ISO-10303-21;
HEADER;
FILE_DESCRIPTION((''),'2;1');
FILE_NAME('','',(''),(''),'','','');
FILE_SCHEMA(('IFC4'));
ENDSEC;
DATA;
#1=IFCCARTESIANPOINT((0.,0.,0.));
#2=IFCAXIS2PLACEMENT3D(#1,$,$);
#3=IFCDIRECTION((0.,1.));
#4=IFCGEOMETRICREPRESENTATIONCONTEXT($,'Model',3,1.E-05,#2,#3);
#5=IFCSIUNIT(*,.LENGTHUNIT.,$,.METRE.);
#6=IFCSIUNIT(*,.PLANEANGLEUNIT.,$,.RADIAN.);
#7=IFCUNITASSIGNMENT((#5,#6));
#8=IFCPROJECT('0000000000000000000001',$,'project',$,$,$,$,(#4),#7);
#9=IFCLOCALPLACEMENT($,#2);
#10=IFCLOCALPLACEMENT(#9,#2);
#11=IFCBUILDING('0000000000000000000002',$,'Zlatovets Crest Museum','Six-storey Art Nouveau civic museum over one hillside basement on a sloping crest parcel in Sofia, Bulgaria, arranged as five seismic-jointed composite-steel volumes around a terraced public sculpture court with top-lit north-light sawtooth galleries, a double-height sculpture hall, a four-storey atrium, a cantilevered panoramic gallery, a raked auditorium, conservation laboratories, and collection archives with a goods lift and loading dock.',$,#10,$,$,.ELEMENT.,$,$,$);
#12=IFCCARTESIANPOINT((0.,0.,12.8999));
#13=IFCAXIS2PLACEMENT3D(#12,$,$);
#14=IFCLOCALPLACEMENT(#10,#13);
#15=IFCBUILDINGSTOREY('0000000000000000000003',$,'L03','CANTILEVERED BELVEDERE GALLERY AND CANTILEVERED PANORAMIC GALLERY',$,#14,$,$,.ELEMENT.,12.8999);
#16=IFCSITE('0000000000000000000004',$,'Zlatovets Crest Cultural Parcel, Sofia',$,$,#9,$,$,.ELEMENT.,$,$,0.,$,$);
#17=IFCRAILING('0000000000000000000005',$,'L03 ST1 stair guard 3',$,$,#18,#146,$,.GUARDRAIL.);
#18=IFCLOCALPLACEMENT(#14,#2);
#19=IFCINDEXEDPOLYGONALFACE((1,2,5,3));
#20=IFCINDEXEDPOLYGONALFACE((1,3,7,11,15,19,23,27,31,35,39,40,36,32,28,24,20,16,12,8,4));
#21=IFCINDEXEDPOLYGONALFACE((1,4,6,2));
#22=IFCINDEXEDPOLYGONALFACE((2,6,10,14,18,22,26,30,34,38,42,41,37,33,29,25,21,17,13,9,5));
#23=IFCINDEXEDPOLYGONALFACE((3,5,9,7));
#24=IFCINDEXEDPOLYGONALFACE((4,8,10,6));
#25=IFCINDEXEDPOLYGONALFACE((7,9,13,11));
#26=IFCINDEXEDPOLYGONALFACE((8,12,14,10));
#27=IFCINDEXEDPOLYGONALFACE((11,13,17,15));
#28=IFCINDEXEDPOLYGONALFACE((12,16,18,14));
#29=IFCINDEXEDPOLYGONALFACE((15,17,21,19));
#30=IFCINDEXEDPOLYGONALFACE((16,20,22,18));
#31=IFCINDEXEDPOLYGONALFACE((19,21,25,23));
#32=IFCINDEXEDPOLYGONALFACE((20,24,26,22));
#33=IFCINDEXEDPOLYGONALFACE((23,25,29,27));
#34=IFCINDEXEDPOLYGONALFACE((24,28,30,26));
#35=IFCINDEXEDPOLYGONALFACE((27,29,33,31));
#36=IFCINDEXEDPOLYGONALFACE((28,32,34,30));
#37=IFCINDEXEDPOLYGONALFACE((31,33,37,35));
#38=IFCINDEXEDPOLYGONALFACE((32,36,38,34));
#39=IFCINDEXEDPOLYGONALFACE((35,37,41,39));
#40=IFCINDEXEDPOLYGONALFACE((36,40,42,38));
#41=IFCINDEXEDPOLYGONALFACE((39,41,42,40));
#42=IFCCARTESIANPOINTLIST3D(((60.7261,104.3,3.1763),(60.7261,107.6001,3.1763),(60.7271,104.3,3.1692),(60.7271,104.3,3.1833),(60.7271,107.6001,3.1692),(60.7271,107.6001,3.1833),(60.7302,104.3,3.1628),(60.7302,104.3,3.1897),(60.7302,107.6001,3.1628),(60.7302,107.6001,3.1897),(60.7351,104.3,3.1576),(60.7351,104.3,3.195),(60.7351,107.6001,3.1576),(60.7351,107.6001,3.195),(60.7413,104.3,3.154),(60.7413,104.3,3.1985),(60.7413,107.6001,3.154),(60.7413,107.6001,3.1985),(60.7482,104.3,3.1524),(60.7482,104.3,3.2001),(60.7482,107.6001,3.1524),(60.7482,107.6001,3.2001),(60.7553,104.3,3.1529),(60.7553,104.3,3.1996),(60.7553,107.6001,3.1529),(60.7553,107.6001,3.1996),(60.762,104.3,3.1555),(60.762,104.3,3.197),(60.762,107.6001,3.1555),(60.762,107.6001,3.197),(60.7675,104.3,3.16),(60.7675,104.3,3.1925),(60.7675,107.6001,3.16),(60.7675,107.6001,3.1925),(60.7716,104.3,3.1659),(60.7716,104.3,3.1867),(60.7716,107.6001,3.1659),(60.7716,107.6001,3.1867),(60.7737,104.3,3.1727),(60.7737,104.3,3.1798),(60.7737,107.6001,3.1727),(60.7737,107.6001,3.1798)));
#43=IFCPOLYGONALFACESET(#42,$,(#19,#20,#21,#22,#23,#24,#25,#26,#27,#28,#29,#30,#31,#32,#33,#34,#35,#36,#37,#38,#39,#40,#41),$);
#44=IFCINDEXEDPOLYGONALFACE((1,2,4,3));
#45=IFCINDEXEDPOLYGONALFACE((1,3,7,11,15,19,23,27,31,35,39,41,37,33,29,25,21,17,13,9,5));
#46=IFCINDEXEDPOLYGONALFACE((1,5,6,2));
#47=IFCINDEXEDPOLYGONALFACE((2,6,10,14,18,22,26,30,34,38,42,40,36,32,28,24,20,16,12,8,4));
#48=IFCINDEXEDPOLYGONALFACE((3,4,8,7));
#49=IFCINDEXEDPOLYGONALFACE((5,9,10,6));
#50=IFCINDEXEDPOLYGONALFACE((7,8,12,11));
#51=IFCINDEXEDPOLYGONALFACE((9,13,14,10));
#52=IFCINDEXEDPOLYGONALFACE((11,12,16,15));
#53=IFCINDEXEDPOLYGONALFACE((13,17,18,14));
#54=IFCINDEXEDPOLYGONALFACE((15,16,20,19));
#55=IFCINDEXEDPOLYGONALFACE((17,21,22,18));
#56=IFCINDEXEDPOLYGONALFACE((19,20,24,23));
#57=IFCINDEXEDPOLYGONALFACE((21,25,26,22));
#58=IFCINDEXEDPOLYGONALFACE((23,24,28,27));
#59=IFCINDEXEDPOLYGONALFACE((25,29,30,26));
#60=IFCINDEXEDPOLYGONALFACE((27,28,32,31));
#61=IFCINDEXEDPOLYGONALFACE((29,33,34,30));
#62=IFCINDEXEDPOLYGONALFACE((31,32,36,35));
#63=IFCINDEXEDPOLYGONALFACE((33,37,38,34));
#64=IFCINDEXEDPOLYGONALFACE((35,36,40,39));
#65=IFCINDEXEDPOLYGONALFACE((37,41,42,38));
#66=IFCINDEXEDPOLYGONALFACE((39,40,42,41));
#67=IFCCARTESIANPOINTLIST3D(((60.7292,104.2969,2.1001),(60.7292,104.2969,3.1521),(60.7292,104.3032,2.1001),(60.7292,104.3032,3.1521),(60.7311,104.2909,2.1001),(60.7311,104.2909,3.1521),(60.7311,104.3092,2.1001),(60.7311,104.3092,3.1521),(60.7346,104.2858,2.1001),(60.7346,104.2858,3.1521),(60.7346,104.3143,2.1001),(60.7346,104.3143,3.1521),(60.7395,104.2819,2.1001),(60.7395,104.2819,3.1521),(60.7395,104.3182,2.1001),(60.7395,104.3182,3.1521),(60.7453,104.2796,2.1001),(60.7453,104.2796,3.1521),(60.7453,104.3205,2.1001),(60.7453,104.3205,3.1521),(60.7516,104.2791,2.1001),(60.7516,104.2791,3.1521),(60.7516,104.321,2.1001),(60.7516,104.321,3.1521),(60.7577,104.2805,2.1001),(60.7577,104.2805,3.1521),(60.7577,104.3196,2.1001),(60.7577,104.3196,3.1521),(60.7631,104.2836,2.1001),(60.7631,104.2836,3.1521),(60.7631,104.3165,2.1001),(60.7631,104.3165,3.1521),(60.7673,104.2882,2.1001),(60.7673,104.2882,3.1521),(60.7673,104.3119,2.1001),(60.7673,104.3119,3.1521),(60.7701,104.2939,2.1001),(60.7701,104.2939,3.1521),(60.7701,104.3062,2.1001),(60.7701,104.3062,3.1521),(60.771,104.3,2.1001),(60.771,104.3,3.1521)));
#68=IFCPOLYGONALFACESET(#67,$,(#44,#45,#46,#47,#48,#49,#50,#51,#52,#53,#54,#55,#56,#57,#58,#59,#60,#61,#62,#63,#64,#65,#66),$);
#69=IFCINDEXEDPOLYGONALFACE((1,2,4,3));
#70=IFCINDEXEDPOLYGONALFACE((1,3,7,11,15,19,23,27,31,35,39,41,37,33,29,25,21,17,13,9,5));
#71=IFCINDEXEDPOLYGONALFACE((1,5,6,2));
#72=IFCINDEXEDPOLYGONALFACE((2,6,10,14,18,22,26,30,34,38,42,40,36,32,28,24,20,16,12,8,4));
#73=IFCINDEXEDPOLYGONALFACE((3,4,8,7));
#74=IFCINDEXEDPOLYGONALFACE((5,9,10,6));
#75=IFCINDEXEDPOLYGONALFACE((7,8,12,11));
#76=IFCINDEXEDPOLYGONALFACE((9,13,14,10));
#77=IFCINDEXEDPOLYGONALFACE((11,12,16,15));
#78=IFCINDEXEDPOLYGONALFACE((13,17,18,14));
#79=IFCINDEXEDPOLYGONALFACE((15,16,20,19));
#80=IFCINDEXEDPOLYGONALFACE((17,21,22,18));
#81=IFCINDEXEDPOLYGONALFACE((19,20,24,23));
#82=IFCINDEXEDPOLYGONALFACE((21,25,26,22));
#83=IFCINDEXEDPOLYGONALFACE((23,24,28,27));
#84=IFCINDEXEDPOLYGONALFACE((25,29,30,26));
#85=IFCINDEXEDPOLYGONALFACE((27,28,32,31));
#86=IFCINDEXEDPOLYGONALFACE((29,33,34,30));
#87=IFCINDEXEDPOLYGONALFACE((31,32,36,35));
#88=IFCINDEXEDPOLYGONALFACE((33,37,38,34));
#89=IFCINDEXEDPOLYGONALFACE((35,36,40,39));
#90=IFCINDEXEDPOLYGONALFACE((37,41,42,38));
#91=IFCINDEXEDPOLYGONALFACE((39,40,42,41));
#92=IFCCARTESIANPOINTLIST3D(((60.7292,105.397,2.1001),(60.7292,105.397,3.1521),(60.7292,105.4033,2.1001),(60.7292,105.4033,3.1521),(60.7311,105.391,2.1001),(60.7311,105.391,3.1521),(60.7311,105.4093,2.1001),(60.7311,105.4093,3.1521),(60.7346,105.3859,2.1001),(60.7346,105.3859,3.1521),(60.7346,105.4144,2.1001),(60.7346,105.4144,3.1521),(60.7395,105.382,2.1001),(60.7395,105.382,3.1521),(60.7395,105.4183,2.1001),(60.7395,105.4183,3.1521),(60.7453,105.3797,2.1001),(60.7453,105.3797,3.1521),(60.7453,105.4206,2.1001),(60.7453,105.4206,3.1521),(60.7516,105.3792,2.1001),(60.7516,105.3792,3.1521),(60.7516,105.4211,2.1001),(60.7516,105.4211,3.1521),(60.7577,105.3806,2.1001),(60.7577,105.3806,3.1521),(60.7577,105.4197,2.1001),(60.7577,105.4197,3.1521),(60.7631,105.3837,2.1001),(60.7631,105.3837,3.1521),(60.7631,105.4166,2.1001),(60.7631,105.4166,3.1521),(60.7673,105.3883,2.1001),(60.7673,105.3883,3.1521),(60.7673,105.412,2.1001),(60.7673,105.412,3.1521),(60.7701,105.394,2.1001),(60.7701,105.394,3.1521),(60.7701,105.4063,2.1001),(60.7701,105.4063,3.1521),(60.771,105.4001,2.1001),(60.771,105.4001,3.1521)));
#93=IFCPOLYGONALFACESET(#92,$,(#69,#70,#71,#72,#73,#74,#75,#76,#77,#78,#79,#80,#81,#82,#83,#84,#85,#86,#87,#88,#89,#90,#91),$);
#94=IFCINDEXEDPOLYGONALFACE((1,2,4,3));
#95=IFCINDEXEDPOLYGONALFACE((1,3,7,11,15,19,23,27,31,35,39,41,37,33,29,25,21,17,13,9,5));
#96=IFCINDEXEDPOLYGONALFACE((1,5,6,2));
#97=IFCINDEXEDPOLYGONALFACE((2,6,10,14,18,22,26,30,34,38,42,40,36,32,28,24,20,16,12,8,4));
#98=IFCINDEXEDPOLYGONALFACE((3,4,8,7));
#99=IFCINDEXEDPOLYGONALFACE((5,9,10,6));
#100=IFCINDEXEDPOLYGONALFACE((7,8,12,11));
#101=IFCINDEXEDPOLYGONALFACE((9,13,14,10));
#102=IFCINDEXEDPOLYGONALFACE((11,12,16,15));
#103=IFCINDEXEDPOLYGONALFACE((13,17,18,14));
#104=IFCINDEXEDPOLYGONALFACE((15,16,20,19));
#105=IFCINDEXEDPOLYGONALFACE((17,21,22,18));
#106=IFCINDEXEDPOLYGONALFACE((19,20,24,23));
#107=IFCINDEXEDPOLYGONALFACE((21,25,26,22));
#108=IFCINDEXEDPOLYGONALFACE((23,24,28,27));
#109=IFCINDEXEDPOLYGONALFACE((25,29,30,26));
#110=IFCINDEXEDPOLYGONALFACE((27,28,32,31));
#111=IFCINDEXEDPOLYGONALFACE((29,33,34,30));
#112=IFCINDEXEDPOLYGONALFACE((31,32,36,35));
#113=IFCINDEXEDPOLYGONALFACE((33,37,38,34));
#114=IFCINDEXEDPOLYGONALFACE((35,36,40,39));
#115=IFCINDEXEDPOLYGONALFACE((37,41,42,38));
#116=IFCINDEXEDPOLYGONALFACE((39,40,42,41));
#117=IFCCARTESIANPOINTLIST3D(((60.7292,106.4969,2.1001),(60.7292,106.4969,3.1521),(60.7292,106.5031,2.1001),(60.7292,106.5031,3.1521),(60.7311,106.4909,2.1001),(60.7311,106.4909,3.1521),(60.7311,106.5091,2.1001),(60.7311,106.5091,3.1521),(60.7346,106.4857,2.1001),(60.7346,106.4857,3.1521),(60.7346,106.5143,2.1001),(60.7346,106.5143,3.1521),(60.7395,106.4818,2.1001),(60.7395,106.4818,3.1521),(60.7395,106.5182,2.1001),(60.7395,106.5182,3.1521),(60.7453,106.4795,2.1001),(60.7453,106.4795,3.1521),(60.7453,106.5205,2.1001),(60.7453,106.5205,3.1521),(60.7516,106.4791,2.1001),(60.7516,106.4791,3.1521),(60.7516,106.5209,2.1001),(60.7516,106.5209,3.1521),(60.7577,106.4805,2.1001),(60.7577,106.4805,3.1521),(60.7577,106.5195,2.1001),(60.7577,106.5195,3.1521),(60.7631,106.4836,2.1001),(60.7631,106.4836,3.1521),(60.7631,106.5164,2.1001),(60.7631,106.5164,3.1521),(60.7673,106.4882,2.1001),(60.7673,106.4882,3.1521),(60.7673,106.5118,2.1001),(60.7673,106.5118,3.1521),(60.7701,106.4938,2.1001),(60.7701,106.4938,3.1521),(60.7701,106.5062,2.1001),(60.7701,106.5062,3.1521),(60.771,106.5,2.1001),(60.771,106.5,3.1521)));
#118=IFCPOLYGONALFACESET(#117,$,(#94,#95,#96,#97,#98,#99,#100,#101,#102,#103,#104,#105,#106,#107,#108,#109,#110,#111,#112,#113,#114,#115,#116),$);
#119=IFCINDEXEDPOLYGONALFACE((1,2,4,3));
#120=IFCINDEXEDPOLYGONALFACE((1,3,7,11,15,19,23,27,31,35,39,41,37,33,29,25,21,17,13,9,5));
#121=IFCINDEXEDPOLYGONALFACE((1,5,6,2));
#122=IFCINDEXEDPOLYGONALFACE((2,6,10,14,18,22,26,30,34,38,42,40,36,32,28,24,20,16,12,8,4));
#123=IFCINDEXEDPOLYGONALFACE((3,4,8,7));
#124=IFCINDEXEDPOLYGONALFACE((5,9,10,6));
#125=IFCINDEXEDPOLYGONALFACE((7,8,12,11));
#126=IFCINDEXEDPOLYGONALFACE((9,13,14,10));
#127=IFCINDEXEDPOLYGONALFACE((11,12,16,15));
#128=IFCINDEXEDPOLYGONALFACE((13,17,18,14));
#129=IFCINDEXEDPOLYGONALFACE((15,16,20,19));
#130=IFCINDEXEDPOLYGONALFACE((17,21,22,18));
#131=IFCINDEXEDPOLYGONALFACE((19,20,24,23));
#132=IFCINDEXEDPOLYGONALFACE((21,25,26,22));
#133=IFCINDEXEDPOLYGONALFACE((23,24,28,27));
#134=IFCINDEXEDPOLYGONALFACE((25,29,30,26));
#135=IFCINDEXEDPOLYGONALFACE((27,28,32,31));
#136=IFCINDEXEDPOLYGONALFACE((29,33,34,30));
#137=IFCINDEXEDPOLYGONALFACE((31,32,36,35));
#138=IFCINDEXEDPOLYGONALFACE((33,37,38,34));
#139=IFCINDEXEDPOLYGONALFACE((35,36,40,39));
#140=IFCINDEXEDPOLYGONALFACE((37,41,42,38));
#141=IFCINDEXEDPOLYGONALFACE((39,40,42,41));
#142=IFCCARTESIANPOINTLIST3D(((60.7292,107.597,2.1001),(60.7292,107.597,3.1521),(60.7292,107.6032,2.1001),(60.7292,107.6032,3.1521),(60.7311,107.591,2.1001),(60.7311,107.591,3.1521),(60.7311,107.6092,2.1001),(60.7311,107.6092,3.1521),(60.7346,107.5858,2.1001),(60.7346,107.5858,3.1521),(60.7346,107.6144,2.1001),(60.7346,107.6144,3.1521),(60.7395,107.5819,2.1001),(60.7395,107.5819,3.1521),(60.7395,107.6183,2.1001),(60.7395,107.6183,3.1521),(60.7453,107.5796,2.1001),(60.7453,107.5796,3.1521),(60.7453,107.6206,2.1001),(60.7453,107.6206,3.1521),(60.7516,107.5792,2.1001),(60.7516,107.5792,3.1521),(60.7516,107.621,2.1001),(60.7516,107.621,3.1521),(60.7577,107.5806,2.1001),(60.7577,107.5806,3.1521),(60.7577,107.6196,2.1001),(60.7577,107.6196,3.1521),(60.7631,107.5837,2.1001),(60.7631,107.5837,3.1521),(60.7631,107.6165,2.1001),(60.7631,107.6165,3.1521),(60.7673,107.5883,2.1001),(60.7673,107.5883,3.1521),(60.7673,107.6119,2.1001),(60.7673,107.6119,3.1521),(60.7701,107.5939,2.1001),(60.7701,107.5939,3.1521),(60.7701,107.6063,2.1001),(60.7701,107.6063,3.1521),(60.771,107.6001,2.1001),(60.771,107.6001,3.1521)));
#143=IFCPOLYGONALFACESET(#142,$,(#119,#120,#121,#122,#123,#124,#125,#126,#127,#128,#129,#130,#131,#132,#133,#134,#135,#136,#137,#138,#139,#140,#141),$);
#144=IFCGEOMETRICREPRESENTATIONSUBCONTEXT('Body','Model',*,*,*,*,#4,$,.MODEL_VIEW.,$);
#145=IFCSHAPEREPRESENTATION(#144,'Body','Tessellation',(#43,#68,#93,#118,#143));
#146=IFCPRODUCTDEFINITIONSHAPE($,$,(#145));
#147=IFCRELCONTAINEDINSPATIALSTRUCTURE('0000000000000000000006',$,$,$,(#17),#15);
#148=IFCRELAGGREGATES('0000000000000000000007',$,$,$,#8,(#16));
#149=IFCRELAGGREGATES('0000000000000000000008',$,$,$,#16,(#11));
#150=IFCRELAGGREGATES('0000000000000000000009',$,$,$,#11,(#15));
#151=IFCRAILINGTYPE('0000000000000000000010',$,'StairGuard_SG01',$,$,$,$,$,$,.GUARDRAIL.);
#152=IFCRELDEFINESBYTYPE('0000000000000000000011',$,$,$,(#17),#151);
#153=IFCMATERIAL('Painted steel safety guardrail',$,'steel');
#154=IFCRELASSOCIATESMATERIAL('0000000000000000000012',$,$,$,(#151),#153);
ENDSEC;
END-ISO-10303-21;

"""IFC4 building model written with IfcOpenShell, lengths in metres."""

from ifc_helpers import new_model, si_unit, direction, frame, origin, origin_2d, place, context, subcontext, project, spatial, circle, extrude, material, type_object, element, save


model = new_model("IFC4")

# Units and contexts
model_context = context("Model", 3, precision=1e-05, world=origin(), true_north=direction((0.0, 1.0)))
body_context = subcontext(model_context, "Body", "Model", "MODEL_VIEW")
ifc_project = project(units=[si_unit("LENGTHUNIT", "METRE"), si_unit("PLANEANGLEUNIT", "RADIAN")], contexts=[model_context])

# Site, building, storey
site_placement = place(None, origin())
site = spatial("IfcSite", under=ifc_project, at=site_placement, Name="Zlatovets Crest Cultural Parcel, Sofia", CompositionType="ELEMENT", RefElevation=0.0)
building_placement = place(site_placement, origin())
building = spatial("IfcBuilding", under=site, at=building_placement, Name="Zlatovets Crest Museum", Description="Six-storey Art Nouveau civic museum over one hillside basement on a sloping crest parcel in Sofia, Bulgaria, arranged as five seismic-jointed composite-steel volumes around a terraced public sculpture court with top-lit north-light sawtooth galleries, a double-height sculpture hall, a four-storey atrium, a cantilevered panoramic gallery, a raked auditorium, conservation laboratories, and collection archives with a goods lift and loading dock.", CompositionType="ELEMENT")
storey_placement = place(building_placement, frame((0.0, 0.0, 12.8999)))
storey = spatial("IfcBuildingStorey", under=building, at=storey_placement, Name="L03", Description="CANTILEVERED BELVEDERE GALLERY AND CANTILEVERED PANORAMIC GALLERY", CompositionType="ELEMENT", Elevation=12.8999)

# Railing
ifc_material_1 = material(Name="Painted steel safety guardrail", Category="steel")
railing_type_1 = type_object("IfcRailingType", Name="StairGuard_SG01", PredefinedType="GUARDRAIL", material=ifc_material_1)
for number, where, name in (
    (1, (60.75, 104.3, 2.1001), "L03 ST1 stair guard 3"),
):
    element("IfcRailing", number, at=place(storey_placement, frame(where)), inside=storey, type_object=railing_type_1, Name=name, PredefinedType="GUARDRAIL", context=body_context, shape_type="SweptSolid", body=[
        extrude(circle(Radius=0.0239, at=origin_2d()), frame((0.0, 0.0, 1.0762), z_axis=(0.0, 1.0, 0.0), x_axis=(-1.0, 0.0, 0.0)), (0.0, 0.0, 1.0), 3.3),
        extrude(circle(Radius=0.021, at=origin_2d()), origin(), (0.0, 0.0, 1.0), 1.052),
        extrude(circle(Radius=0.021, at=origin_2d()), frame((0.0, 1.1001, 0.0)), (0.0, 0.0, 1.0), 1.052),
        extrude(circle(Radius=0.021, at=origin_2d()), frame((0.0, 2.2, 0.0)), (0.0, 0.0, 1.0), 1.052),
        extrude(circle(Radius=0.021, at=origin_2d()), frame((0.0, 3.3, 0.0)), (0.0, 0.0, 1.0), 1.052),
    ])

save(model, "model.ifc")
